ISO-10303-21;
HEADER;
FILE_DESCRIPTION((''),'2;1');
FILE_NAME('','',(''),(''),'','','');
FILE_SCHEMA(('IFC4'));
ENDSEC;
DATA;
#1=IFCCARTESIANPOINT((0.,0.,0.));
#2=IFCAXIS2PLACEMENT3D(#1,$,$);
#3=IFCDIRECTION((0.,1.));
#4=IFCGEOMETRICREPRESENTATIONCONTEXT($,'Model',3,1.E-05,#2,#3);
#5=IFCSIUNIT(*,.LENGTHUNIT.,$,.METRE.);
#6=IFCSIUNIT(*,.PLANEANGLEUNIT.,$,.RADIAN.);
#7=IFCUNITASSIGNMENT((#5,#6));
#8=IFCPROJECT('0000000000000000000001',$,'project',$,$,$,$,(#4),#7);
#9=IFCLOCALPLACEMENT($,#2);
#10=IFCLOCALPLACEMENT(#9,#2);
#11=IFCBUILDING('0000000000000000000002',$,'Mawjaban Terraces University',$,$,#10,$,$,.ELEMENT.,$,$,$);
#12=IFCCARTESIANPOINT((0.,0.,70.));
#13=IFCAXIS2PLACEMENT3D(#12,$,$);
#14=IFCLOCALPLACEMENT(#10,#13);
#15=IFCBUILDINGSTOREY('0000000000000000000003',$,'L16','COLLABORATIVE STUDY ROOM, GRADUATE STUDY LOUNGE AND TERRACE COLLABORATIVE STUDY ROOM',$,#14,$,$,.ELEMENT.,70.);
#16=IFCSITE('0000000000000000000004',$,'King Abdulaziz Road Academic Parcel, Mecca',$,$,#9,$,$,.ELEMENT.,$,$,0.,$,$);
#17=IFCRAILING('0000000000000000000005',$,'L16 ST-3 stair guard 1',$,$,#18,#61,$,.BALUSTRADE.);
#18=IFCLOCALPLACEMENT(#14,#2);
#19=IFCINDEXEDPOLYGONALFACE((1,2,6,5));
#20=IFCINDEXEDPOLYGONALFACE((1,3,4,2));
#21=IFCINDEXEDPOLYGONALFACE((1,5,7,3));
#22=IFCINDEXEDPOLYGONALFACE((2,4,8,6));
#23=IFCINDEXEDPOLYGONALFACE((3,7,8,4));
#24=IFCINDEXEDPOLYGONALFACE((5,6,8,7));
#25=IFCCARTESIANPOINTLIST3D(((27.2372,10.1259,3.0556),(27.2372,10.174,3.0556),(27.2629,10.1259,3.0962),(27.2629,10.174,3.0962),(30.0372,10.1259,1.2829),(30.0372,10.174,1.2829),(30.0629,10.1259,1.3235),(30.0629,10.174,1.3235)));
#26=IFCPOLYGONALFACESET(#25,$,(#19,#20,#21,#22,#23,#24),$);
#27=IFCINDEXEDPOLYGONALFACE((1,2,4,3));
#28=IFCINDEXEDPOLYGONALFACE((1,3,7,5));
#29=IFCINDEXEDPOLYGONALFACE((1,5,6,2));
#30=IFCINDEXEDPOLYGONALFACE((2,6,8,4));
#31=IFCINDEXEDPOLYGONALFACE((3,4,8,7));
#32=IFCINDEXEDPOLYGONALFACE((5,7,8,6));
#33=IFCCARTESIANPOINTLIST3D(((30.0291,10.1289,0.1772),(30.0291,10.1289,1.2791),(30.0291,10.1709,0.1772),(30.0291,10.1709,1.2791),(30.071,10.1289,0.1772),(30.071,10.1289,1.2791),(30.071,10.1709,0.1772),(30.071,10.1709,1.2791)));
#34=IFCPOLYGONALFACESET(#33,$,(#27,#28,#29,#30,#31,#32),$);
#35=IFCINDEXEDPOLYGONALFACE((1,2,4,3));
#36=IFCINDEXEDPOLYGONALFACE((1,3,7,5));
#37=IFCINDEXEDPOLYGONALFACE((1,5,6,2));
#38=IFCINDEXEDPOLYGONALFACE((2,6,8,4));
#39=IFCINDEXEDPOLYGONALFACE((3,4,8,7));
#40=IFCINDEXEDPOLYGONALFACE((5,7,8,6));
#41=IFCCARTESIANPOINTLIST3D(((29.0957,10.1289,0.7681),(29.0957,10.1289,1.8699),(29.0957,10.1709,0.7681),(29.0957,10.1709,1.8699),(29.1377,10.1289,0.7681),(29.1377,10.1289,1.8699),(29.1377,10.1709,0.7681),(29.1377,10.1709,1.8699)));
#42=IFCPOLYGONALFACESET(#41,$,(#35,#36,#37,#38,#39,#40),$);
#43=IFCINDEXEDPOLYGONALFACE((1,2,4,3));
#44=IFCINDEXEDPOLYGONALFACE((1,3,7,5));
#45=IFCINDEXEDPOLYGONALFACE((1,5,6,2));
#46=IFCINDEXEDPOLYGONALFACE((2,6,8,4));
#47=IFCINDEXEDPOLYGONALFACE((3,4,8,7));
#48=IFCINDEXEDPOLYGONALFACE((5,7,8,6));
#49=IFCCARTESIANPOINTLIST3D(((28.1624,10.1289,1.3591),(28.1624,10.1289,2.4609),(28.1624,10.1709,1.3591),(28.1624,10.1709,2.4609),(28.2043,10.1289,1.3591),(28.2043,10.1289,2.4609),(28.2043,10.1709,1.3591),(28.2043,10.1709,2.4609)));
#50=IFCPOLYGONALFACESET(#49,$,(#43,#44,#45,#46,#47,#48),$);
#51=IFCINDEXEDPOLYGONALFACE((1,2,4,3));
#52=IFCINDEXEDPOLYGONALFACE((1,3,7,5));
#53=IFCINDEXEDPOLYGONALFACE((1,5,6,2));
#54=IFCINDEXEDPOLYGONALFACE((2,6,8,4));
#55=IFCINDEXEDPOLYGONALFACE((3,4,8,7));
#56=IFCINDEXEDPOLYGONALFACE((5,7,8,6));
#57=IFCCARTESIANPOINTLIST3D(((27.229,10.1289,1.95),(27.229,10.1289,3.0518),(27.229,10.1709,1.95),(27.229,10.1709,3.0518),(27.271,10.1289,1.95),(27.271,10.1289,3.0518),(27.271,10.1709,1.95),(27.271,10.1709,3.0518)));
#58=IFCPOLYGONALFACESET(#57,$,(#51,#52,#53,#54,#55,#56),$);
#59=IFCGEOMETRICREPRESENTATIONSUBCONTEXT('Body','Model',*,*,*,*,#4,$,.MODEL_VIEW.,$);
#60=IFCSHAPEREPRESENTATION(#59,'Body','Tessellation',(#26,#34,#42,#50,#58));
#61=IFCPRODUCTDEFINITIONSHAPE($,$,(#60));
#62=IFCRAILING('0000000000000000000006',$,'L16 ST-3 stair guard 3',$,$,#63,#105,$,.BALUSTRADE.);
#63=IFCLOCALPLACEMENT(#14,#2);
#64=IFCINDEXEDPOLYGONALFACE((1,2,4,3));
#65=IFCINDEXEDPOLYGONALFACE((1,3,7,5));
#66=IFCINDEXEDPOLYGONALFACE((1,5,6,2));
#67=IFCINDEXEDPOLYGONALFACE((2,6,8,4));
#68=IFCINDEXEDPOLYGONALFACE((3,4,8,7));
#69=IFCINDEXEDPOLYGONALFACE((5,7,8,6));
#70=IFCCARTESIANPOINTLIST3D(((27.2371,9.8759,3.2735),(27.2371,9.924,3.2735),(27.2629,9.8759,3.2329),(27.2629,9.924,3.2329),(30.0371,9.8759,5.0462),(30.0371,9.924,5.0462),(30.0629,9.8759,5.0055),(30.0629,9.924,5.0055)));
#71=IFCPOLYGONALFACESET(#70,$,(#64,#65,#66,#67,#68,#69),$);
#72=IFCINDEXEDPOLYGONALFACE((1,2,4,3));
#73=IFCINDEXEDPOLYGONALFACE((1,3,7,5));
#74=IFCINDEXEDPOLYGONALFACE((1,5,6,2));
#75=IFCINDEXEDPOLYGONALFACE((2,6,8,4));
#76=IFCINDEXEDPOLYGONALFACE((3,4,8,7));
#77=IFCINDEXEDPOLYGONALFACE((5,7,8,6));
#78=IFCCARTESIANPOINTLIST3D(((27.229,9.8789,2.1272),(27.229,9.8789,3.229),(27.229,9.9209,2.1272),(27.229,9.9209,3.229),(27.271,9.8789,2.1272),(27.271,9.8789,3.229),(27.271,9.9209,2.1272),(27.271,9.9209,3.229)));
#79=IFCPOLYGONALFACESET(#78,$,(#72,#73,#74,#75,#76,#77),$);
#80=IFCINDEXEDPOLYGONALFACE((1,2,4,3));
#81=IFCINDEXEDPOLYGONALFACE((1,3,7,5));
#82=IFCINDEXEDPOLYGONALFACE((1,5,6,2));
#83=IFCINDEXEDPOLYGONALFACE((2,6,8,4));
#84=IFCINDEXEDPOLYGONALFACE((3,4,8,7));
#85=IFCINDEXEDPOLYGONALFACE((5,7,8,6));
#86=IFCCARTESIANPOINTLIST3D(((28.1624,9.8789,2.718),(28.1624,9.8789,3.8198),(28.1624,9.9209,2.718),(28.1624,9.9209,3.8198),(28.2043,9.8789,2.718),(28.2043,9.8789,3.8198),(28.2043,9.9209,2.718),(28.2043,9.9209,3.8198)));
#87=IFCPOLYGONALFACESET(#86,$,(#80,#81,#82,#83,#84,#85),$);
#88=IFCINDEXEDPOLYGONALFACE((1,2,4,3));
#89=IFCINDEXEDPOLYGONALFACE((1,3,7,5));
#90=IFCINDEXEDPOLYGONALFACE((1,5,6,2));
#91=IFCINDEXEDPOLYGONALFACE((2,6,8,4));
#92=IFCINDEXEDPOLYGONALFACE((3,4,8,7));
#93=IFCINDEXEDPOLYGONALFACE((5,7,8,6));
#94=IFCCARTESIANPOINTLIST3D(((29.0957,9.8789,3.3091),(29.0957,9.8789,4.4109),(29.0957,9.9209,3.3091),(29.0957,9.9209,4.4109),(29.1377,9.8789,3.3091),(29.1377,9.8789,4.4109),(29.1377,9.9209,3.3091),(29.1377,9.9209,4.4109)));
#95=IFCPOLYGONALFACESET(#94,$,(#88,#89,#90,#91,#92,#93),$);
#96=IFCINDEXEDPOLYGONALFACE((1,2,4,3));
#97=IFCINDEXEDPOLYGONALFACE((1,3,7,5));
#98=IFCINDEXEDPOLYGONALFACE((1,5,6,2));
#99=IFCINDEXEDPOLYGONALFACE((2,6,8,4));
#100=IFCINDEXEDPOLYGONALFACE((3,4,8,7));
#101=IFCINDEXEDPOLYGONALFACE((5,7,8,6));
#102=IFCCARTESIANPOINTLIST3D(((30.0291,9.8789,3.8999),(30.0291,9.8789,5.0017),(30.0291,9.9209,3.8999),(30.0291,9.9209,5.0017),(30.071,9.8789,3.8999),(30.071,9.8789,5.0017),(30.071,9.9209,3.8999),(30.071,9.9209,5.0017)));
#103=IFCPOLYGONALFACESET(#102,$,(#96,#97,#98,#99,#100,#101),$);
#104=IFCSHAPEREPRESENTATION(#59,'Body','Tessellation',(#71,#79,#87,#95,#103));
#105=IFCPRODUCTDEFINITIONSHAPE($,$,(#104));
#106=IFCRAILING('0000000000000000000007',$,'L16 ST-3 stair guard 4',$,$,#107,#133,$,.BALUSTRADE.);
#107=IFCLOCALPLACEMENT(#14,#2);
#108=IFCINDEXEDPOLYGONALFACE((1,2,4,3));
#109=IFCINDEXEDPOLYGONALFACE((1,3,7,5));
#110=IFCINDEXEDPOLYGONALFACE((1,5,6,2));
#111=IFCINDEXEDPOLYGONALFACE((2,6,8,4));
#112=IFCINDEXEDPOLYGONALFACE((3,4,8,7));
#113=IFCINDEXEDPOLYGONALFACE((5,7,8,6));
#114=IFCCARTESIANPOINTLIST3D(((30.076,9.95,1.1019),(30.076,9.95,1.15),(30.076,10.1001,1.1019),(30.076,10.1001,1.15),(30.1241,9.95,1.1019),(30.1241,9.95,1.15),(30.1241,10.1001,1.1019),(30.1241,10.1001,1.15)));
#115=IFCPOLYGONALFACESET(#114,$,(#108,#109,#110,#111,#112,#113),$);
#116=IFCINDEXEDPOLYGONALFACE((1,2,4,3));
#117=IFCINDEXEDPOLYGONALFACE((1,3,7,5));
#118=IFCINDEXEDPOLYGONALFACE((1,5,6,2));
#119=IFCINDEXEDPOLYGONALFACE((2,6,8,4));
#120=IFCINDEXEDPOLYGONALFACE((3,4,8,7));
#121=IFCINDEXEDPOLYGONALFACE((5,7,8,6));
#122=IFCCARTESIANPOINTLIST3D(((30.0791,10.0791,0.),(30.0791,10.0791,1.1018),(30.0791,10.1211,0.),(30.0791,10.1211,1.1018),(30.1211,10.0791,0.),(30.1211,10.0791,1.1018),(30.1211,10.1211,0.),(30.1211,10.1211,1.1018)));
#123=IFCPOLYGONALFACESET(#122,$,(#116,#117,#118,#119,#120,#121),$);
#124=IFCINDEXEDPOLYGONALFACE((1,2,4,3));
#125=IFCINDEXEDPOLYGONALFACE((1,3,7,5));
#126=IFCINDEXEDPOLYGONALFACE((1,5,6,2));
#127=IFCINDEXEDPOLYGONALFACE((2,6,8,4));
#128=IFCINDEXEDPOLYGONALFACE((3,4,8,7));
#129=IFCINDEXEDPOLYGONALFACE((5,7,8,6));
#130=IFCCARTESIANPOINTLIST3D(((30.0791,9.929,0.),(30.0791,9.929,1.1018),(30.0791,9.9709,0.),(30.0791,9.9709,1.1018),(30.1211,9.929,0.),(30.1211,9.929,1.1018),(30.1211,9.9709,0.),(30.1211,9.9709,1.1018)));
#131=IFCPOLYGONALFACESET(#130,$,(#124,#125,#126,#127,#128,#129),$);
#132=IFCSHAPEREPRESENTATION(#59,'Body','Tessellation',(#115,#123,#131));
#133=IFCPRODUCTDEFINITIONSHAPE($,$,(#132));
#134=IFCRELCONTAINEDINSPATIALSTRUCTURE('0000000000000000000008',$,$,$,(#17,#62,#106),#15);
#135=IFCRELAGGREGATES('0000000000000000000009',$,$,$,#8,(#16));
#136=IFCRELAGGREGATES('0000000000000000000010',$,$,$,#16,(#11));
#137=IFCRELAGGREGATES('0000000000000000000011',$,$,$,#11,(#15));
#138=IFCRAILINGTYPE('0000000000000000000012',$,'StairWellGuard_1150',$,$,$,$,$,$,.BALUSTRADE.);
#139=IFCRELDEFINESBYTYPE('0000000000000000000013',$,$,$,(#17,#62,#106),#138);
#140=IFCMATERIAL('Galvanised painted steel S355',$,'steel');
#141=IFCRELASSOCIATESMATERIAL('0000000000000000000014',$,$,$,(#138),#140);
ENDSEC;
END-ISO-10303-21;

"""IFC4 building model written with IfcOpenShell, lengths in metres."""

from ifc_helpers import new_model, si_unit, direction, frame, origin, origin_2d, place, context, subcontext, project, spatial, rectangle, extrude, material, type_object, element, save


model = new_model("IFC4")

# Units and contexts
model_context = context("Model", 3, precision=1e-05, world=origin(), true_north=direction((0.0, 1.0)))
body_context = subcontext(model_context, "Body", "Model", "MODEL_VIEW")
ifc_project = project(units=[si_unit("LENGTHUNIT", "METRE"), si_unit("PLANEANGLEUNIT", "RADIAN")], contexts=[model_context])

# Site, building, storey
site_placement = place(None, origin())
site = spatial("IfcSite", under=ifc_project, at=site_placement, Name="King Abdulaziz Road Academic Parcel, Mecca", CompositionType="ELEMENT", RefElevation=0.0)
building_placement = place(site_placement, origin())
building = spatial("IfcBuilding", under=site, at=building_placement, Name="Mawjaban Terraces University", CompositionType="ELEMENT")
storey_placement = place(building_placement, frame((0.0, 0.0, 70.0)))
storey = spatial("IfcBuildingStorey", under=building, at=storey_placement, Name="L16", Description="COLLABORATIVE STUDY ROOM, GRADUATE STUDY LOUNGE AND TERRACE COLLABORATIVE STUDY ROOM", CompositionType="ELEMENT", Elevation=70.0)

# Railings
ifc_material_1 = material(Name="Galvanised painted steel S355", Category="steel")
railing_type_1 = type_object("IfcRailingType", Name="StairWellGuard_1150", PredefinedType="BALUSTRADE", material=ifc_material_1)
railing_1_placement = place(storey_placement, frame((30.05, 10.1499, 0.1772)))
element("IfcRailing", 1, at=railing_1_placement, inside=storey, type_object=railing_type_1, Name="L16 ST-3 stair guard 1", PredefinedType="BALUSTRADE", context=body_context, shape_type="SweptSolid", body=[
    extrude(rectangle(XDim=0.0481, YDim=0.0481, at=origin_2d()), frame((0.0, 0.0, 1.126), z_axis=(-0.844909, 0.0, 0.53491), x_axis=(0.0, -1.0, 0.0)), (0.0, 0.0, 1.0), 3.314),
    extrude(rectangle(XDim=0.042, YDim=0.042, at=origin_2d()), origin(), (0.0, 0.0, 1.0), 1.1018),
    extrude(rectangle(XDim=0.042, YDim=0.042, at=origin_2d()), frame((-0.9333, 0.0, 0.5908)), (0.0, 0.0, 1.0), 1.1018),
    extrude(rectangle(XDim=0.042, YDim=0.042, at=origin_2d()), frame((-1.8667, 0.0, 1.1819)), (0.0, 0.0, 1.0), 1.1018),
    extrude(rectangle(XDim=0.042, YDim=0.042, at=origin_2d()), frame((-2.8, 0.0, 1.7727)), (0.0, 0.0, 1.0), 1.1018),
])
railing_2_placement = place(storey_placement, frame((27.25, 9.8999, 2.1272)))
element("IfcRailing", 2, at=railing_2_placement, inside=storey, type_object=railing_type_1, Name="L16 ST-3 stair guard 3", PredefinedType="BALUSTRADE", context=body_context, shape_type="SweptSolid", body=[
    extrude(rectangle(XDim=0.0481, YDim=0.0481, at=origin_2d()), frame((0.0, 0.0, 1.126), z_axis=(0.844909, 0.0, 0.53491), x_axis=(0.0, 1.0, 0.0)), (0.0, 0.0, 1.0), 3.314),
    extrude(rectangle(XDim=0.042, YDim=0.042, at=origin_2d()), origin(), (0.0, 0.0, 1.0), 1.1018),
    extrude(rectangle(XDim=0.042, YDim=0.042, at=origin_2d()), frame((0.9333, 0.0, 0.5908)), (0.0, 0.0, 1.0), 1.1018),
    extrude(rectangle(XDim=0.042, YDim=0.042, at=origin_2d()), frame((1.8667, 0.0, 1.1819)), (0.0, 0.0, 1.0), 1.1018),
    extrude(rectangle(XDim=0.042, YDim=0.042, at=origin_2d()), frame((2.8, 0.0, 1.7727)), (0.0, 0.0, 1.0), 1.1018),
])
railing_3_placement = place(storey_placement, frame((30.1001, 10.1001, 0.0)))
element("IfcRailing", 3, at=railing_3_placement, inside=storey, type_object=railing_type_1, Name="L16 ST-3 stair guard 4", PredefinedType="BALUSTRADE", context=body_context, shape_type="SweptSolid", body=[
    extrude(rectangle(XDim=0.0481, YDim=0.0481, at=origin_2d()), frame((0.0, 0.0, 1.126), z_axis=(0.0, -1.0, 0.0), x_axis=(1.0, 0.0, 0.0)), (0.0, 0.0, 1.0), 0.1501),
    extrude(rectangle(XDim=0.042, YDim=0.042, at=origin_2d()), origin(), (0.0, 0.0, 1.0), 1.1018),
    extrude(rectangle(XDim=0.042, YDim=0.042, at=origin_2d()), frame((0.0, -0.1501, 0.0)), (0.0, 0.0, 1.0), 1.1018),
])

save(model, "model.ifc")
